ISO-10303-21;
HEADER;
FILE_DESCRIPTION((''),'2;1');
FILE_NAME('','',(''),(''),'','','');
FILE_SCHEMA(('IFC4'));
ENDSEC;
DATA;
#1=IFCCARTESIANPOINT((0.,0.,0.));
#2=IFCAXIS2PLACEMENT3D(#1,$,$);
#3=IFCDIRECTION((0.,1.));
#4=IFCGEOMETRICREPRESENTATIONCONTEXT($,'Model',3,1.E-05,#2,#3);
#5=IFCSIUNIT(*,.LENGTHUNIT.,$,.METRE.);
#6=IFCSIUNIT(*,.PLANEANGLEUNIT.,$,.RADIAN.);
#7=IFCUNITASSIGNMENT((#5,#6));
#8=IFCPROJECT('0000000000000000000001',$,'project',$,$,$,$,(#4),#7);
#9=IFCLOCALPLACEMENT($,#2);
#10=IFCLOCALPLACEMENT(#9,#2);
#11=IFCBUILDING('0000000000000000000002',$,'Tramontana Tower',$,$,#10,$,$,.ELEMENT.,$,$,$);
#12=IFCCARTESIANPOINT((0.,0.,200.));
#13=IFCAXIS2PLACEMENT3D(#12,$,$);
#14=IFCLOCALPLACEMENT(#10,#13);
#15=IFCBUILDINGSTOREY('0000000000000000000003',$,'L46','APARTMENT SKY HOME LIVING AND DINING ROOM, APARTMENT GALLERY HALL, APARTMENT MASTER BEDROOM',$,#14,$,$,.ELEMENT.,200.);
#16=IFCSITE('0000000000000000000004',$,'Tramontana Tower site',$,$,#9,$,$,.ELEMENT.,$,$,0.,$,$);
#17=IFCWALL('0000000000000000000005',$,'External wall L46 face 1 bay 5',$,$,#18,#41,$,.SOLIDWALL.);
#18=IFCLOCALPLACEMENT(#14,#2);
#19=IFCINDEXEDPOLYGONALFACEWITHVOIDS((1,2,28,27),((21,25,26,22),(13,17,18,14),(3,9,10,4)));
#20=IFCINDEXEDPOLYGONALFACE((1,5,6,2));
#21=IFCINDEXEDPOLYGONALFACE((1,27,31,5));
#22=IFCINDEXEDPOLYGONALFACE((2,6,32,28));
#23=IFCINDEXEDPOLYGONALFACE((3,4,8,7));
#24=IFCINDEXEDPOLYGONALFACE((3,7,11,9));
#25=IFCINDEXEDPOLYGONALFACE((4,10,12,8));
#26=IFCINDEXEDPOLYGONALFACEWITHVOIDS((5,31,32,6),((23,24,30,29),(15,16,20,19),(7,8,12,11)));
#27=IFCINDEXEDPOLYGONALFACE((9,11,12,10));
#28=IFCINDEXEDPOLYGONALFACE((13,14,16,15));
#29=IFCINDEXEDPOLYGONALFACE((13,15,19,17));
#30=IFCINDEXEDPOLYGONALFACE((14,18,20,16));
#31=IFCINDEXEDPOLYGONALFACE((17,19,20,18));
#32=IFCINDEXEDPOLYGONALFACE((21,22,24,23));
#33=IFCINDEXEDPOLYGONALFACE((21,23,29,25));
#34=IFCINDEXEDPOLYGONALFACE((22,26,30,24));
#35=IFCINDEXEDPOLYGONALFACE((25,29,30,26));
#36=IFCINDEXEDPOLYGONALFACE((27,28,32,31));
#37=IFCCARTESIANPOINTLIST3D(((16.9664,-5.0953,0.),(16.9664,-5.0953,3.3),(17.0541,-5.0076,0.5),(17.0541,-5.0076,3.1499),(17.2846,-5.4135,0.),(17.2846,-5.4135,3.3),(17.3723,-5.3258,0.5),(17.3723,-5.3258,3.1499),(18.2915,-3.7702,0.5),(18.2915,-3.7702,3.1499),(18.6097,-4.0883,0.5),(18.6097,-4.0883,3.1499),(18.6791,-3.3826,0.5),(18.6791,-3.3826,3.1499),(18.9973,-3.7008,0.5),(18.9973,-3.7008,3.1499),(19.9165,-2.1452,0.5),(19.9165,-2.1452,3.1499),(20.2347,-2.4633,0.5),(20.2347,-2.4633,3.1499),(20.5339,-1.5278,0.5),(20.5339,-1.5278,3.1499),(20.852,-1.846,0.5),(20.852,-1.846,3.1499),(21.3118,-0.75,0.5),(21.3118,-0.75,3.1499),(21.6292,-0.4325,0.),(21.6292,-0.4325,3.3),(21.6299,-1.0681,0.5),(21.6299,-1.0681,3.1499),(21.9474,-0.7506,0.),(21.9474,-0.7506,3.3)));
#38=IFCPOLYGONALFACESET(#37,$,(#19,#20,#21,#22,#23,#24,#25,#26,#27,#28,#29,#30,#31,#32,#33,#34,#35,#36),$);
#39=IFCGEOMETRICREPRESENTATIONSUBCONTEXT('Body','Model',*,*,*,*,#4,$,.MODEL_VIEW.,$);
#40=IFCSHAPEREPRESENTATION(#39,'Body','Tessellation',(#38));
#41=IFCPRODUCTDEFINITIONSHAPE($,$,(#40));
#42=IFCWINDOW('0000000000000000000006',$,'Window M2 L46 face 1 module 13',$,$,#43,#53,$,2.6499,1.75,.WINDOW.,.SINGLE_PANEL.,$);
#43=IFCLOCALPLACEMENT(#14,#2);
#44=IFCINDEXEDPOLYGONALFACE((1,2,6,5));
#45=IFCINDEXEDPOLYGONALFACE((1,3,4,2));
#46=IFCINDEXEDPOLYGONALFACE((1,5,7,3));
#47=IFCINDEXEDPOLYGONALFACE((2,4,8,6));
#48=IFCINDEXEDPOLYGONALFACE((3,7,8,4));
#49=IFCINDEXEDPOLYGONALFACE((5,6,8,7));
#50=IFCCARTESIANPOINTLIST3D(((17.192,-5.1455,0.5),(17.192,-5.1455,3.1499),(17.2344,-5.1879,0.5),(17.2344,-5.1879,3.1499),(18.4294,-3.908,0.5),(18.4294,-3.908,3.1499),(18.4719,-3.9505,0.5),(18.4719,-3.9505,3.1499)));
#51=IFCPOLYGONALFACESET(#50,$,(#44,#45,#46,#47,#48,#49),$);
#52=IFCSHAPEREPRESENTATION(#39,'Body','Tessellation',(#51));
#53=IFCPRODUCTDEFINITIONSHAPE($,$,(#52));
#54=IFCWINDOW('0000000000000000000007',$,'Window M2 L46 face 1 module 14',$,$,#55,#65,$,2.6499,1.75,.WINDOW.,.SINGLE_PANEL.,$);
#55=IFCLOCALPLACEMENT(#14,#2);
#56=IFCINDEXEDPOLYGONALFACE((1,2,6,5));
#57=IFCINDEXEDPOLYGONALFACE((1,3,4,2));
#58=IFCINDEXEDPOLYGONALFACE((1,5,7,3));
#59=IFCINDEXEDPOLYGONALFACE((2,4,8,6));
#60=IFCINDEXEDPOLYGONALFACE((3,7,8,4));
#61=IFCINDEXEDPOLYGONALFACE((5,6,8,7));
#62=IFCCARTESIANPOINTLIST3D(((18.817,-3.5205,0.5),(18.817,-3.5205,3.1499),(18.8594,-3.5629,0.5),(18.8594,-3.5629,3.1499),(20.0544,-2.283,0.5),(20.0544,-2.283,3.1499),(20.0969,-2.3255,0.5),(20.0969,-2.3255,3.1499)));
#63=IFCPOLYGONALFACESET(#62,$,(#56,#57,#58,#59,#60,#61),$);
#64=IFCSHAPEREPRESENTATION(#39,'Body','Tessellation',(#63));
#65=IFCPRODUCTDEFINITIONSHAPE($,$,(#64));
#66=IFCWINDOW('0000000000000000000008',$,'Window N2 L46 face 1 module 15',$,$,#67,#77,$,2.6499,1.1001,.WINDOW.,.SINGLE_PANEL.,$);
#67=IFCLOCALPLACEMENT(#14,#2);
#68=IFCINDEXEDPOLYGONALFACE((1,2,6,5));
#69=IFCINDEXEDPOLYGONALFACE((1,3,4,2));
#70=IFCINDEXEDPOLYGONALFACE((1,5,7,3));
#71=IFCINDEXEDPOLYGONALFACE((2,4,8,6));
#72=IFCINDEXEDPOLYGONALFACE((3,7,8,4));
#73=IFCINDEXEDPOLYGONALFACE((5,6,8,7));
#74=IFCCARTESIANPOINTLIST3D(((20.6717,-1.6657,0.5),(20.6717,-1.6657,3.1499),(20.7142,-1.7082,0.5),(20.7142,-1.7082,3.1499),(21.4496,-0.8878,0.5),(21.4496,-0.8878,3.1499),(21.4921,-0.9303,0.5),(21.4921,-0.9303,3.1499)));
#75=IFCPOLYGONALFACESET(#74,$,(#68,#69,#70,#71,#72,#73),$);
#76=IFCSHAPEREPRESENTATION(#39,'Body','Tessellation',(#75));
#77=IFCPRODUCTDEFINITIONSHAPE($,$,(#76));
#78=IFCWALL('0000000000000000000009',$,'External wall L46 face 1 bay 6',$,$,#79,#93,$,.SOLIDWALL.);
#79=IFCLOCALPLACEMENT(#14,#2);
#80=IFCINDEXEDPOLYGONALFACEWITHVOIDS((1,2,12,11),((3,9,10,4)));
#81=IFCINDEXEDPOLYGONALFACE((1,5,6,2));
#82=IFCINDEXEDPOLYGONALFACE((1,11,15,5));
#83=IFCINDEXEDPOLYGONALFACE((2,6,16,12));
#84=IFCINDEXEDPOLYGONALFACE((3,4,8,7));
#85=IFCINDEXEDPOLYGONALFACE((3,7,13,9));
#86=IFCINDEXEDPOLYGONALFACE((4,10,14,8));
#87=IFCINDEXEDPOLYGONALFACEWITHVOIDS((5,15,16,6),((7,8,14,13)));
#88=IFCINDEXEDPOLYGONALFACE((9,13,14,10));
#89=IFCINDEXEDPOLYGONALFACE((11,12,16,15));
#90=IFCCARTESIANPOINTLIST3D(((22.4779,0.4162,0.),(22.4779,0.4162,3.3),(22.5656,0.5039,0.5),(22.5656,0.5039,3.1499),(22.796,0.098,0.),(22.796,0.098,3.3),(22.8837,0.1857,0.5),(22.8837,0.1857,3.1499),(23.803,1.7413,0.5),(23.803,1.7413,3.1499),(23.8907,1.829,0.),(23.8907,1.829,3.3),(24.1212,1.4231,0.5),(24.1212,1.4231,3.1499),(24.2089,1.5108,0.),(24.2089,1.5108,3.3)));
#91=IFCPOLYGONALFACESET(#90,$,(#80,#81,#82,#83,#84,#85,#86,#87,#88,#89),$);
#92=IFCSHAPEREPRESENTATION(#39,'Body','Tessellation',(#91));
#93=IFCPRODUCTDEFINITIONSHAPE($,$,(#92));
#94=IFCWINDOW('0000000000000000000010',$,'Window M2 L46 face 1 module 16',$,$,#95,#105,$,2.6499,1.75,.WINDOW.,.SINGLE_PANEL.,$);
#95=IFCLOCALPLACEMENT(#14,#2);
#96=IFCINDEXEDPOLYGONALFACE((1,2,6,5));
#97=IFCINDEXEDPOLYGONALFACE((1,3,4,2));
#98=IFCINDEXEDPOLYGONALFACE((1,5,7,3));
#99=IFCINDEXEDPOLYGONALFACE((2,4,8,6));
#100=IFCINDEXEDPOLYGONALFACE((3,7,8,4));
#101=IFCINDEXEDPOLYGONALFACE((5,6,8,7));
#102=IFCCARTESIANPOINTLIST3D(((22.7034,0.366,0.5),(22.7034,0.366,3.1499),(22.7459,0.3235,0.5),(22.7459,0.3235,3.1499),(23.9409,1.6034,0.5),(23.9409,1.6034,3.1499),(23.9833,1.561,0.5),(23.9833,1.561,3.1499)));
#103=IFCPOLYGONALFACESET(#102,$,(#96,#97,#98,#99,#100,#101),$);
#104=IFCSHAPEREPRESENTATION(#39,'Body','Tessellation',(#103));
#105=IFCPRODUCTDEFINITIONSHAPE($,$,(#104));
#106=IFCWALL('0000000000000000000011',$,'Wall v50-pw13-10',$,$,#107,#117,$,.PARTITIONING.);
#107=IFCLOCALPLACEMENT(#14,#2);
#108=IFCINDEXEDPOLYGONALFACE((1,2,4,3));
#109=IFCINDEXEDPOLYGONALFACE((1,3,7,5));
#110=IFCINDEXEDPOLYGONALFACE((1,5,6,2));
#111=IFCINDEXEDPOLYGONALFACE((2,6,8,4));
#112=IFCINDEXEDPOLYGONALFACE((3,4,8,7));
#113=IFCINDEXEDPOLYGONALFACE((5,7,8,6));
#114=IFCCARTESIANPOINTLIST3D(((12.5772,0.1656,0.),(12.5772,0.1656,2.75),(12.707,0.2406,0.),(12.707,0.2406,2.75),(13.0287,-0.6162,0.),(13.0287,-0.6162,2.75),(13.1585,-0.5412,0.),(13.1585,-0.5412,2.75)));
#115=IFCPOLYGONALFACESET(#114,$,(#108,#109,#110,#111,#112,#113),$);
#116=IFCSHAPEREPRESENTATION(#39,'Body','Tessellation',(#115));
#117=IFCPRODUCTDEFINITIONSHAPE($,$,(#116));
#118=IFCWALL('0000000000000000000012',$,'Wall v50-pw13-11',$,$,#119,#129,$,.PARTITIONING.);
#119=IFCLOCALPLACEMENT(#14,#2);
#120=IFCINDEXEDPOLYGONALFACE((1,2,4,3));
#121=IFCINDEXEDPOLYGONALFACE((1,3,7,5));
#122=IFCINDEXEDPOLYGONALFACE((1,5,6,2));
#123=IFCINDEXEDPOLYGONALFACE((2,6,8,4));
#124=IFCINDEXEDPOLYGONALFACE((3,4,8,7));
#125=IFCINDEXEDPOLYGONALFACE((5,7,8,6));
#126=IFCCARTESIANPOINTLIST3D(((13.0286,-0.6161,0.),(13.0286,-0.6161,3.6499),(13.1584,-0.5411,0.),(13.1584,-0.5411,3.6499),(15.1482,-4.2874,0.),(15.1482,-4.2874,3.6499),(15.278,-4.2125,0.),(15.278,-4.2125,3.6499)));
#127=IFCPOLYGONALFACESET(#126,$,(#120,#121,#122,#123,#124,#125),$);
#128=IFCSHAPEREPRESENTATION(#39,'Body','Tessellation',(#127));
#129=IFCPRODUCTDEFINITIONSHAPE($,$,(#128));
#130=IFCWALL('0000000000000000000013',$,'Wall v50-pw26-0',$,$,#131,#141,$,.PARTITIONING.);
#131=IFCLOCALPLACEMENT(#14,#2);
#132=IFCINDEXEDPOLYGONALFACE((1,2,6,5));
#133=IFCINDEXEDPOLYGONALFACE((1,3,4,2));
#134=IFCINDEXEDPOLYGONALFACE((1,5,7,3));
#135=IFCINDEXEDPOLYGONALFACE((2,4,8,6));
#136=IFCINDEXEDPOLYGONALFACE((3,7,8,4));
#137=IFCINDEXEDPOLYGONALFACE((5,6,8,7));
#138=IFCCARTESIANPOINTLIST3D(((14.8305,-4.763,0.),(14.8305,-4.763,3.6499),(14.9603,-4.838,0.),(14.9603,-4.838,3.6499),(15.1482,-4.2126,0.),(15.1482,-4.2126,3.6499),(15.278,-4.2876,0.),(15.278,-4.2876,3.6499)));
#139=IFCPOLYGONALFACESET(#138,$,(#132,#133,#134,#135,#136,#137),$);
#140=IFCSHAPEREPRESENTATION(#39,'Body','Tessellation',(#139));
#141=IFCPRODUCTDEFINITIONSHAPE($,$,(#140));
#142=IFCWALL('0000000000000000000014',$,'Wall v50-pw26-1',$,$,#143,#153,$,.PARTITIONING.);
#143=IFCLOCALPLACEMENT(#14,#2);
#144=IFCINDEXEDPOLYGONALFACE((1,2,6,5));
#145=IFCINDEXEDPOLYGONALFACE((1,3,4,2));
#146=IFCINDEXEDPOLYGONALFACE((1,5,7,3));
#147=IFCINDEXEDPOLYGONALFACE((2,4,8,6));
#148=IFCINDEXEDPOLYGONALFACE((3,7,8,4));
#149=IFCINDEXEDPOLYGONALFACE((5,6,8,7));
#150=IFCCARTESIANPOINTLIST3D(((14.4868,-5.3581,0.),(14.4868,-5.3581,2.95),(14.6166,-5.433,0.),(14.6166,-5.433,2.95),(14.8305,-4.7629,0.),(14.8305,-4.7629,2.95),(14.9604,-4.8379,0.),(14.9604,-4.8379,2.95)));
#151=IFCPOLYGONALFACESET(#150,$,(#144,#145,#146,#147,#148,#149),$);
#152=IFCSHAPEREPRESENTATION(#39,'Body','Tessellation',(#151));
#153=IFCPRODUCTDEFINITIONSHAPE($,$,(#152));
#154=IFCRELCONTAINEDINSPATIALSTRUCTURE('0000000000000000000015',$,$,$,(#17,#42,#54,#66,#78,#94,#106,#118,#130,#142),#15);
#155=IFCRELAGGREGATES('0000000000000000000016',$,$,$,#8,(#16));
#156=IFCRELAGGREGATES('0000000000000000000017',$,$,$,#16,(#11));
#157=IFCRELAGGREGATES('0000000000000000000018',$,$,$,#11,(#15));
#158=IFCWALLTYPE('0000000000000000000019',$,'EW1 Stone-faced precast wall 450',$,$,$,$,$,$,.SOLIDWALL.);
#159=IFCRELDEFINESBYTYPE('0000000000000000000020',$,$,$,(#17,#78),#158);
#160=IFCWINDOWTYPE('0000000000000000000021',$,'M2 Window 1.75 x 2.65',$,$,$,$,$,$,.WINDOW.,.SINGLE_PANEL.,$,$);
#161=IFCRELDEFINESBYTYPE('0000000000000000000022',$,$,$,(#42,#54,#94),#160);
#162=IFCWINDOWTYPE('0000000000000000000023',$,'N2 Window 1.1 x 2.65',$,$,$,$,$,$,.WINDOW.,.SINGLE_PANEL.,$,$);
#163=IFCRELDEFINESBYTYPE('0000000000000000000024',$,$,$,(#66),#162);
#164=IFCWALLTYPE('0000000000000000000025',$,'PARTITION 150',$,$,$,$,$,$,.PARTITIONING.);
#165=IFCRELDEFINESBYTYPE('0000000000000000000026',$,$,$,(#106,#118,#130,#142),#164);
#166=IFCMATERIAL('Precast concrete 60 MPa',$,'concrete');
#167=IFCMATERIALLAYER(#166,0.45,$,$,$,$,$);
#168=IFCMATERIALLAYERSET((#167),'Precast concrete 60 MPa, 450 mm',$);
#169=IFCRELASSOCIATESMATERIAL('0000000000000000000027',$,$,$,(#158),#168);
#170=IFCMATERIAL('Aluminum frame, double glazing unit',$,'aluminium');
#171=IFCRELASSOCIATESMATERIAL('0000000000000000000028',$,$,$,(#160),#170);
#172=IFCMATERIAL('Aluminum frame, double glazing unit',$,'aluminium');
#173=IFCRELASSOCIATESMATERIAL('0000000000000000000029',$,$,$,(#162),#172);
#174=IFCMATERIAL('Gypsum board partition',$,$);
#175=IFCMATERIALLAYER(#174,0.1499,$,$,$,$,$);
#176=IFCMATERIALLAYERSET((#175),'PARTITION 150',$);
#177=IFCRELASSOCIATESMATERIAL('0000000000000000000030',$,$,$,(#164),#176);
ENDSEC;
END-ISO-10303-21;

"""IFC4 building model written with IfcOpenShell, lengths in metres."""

from ifc_helpers import new_model, si_unit, direction, frame, frame_2d, origin, place, context, subcontext, project, spatial, rectangle, extrude, material, layer, layer_set, type_object, element, fill, save


model = new_model("IFC4")

# Units and contexts
model_context = context("Model", 3, precision=1e-05, world=origin(), true_north=direction((0.0, 1.0)))
body_context = subcontext(model_context, "Body", "Model", "MODEL_VIEW")
ifc_project = project(units=[si_unit("LENGTHUNIT", "METRE"), si_unit("PLANEANGLEUNIT", "RADIAN")], contexts=[model_context])

# Site, building, storey
site_placement = place(None, origin())
site = spatial("IfcSite", under=ifc_project, at=site_placement, Name="Tramontana Tower site", CompositionType="ELEMENT", RefElevation=0.0)
building_placement = place(site_placement, origin())
building = spatial("IfcBuilding", under=site, at=building_placement, Name="Tramontana Tower", CompositionType="ELEMENT")
storey_placement = place(building_placement, frame((0.0, 0.0, 200.0)))
storey = spatial("IfcBuildingStorey", under=building, at=storey_placement, Name="L46", Description="APARTMENT SKY HOME LIVING AND DINING ROOM, APARTMENT GALLERY HALL, APARTMENT MASTER BEDROOM", CompositionType="ELEMENT", Elevation=200.0)

# Wall, openings, windows
ifc_material_1 = material(Name="Precast concrete 60 MPa", Category="concrete")
ifc_layer_1 = layer(ifc_material_1, 0.45)
ifc_layer_set_1 = layer_set([ifc_layer_1], Name="Precast concrete 60 MPa, 450 mm")
wall_type_1 = type_object("IfcWallType", Name="EW1 Stone-faced precast wall 450", PredefinedType="SOLIDWALL", material=ifc_layer_set_1)
wall_1_placement = place(storey_placement, frame((17.1255, -5.2544, 0.0), z_axis=(0.0, 0.0, 1.0), x_axis=(0.707107, 0.707107, 0.0)))
wall_1 = element("IfcWall", 1, at=wall_1_placement, inside=storey, type_object=wall_type_1, Name="External wall L46 face 1 bay 5", PredefinedType="SOLIDWALL", context=body_context, shape_type="SweptSolid", body=[
    extrude(rectangle(XDim=6.5942, YDim=0.45, at=frame_2d((3.2971, 0.0))), origin(), (0.0, 0.0, 1.0), 3.3),
])
opening_1_placement = place(wall_1_placement, frame((0.124, 0.0, 0.5)))
opening_1 = element("IfcOpeningElement", 2, at=opening_1_placement, cuts=wall_1, PredefinedType="OPENING", context=body_context, shape_type="SweptSolid", body=[
    extrude(rectangle(XDim=1.75, YDim=2.6499, at=frame_2d((0.875, 1.325))), frame((0.0, 0.2349, 0.0), z_axis=(0.0, -1.0, 0.0), x_axis=(1.0, 0.0, 0.0)), (0.0, 0.0, 1.0), 0.47),
])
opening_2_placement = place(wall_1_placement, frame((2.4221, 0.0, 0.5)))
opening_2 = element("IfcOpeningElement", 3, at=opening_2_placement, cuts=wall_1, PredefinedType="OPENING", context=body_context, shape_type="SweptSolid", body=[
    extrude(rectangle(XDim=1.75, YDim=2.6499, at=frame_2d((0.875, 1.325))), frame((0.0, 0.2349, 0.0), z_axis=(0.0, -1.0, 0.0), x_axis=(1.0, 0.0, 0.0)), (0.0, 0.0, 1.0), 0.47),
])
opening_3_placement = place(wall_1_placement, frame((5.0452, 0.0, 0.5)))
opening_3 = element("IfcOpeningElement", 4, at=opening_3_placement, cuts=wall_1, PredefinedType="OPENING", context=body_context, shape_type="SweptSolid", body=[
    extrude(rectangle(XDim=1.1001, YDim=2.6499, at=frame_2d((0.55, 1.325))), frame((0.0, 0.2349, 0.0), z_axis=(0.0, -1.0, 0.0), x_axis=(1.0, 0.0, 0.0)), (0.0, 0.0, 1.0), 0.47),
])
ifc_material_2 = material(Name="Aluminum frame, double glazing unit", Category="aluminium")
window_type_1 = type_object("IfcWindowType", Name="M2 Window 1.75 x 2.65", PartitioningType="SINGLE_PANEL", PredefinedType="WINDOW", material=ifc_material_2)
window_1_placement = place(opening_1_placement, origin())
window_1 = element("IfcWindow", 5, at=window_1_placement, inside=storey, type_object=window_type_1, Name="Window M2 L46 face 1 module 13", OverallHeight=2.6499, OverallWidth=1.75, PartitioningType="SINGLE_PANEL", PredefinedType="WINDOW", context=body_context, shape_type="SweptSolid", body=[
    extrude(rectangle(XDim=1.75, YDim=2.6499, at=frame_2d((0.875, 1.325))), frame((0.0, 0.03, 0.0), z_axis=(0.0, -1.0, 0.0), x_axis=(1.0, 0.0, 0.0)), (0.0, 0.0, 1.0), 0.0601),
])
fill(opening_1, window_1)
window_2_placement = place(opening_2_placement, origin())
window_2 = element("IfcWindow", 6, at=window_2_placement, inside=storey, type_object=window_type_1, Name="Window M2 L46 face 1 module 14", OverallHeight=2.6499, OverallWidth=1.75, PartitioningType="SINGLE_PANEL", PredefinedType="WINDOW", context=body_context, shape_type="SweptSolid", body=[
    extrude(rectangle(XDim=1.75, YDim=2.6499, at=frame_2d((0.875, 1.325))), frame((0.0, 0.03, 0.0), z_axis=(0.0, -1.0, 0.0), x_axis=(1.0, 0.0, 0.0)), (0.0, 0.0, 1.0), 0.0601),
])
fill(opening_2, window_2)
ifc_material_3 = material(Name="Aluminum frame, double glazing unit", Category="aluminium")
window_type_2 = type_object("IfcWindowType", Name="N2 Window 1.1 x 2.65", PartitioningType="SINGLE_PANEL", PredefinedType="WINDOW", material=ifc_material_3)
window_3_placement = place(opening_3_placement, origin())
window_3 = element("IfcWindow", 7, at=window_3_placement, inside=storey, type_object=window_type_2, Name="Window N2 L46 face 1 module 15", OverallHeight=2.6499, OverallWidth=1.1001, PartitioningType="SINGLE_PANEL", PredefinedType="WINDOW", context=body_context, shape_type="SweptSolid", body=[
    extrude(rectangle(XDim=1.1001, YDim=2.6499, at=frame_2d((0.55, 1.325))), frame((0.0, 0.03, 0.0), z_axis=(0.0, -1.0, 0.0), x_axis=(1.0, 0.0, 0.0)), (0.0, 0.0, 1.0), 0.0601),
])
fill(opening_3, window_3)

# Wall, opening, window
wall_2_placement = place(storey_placement, frame((22.637, 0.2571, 0.0), z_axis=(0.0, 0.0, 1.0), x_axis=(0.707107, 0.707107, 0.0)))
wall_2 = element("IfcWall", 8, at=wall_2_placement, inside=storey, type_object=wall_type_1, Name="External wall L46 face 1 bay 6", PredefinedType="SOLIDWALL", context=body_context, shape_type="SweptSolid", body=[
    extrude(rectangle(XDim=1.998, YDim=0.45, at=frame_2d((0.999, 0.0))), origin(), (0.0, 0.0, 1.0), 3.3),
])
opening_4_placement = place(wall_2_placement, frame((0.124, 0.0, 0.5)))
opening_4 = element("IfcOpeningElement", 9, at=opening_4_placement, cuts=wall_2, PredefinedType="OPENING", context=body_context, shape_type="SweptSolid", body=[
    extrude(rectangle(XDim=1.75, YDim=2.6499, at=frame_2d((0.875, 1.325))), frame((0.0, 0.2349, 0.0), z_axis=(0.0, -1.0, 0.0), x_axis=(1.0, 0.0, 0.0)), (0.0, 0.0, 1.0), 0.47),
])
window_4_placement = place(opening_4_placement, origin())
window_4 = element("IfcWindow", 10, at=window_4_placement, inside=storey, type_object=window_type_1, Name="Window M2 L46 face 1 module 16", OverallHeight=2.6499, OverallWidth=1.75, PartitioningType="SINGLE_PANEL", PredefinedType="WINDOW", context=body_context, shape_type="SweptSolid", body=[
    extrude(rectangle(XDim=1.75, YDim=2.6499, at=frame_2d((0.875, 1.325))), frame((0.0, 0.03, 0.0), z_axis=(0.0, -1.0, 0.0), x_axis=(1.0, 0.0, 0.0)), (0.0, 0.0, 1.0), 0.0601),
])
fill(opening_4, window_4)

# Walls
ifc_material_4 = material(Name="Gypsum board partition")
ifc_layer_2 = layer(ifc_material_4, 0.1499)
ifc_layer_set_2 = layer_set([ifc_layer_2], Name="PARTITION 150")
wall_type_2 = type_object("IfcWallType", Name="PARTITION 150", PredefinedType="PARTITIONING", material=ifc_layer_set_2)
wall_3_placement = place(storey_placement, frame((12.6421, 0.2031, 0.0), z_axis=(0.0, 0.0, 1.0), x_axis=(0.500066, -0.865987, 0.0)))
element("IfcWall", 11, at=wall_3_placement, inside=storey, type_object=wall_type_2, Name="Wall v50-pw13-10", PredefinedType="PARTITIONING", context=body_context, shape_type="SweptSolid", body=[
    extrude(rectangle(XDim=0.9028, YDim=0.1499, at=frame_2d((0.4514, 0.0))), origin(), (0.0, 0.0, 1.0), 2.75),
])
wall_4_placement = place(storey_placement, frame((13.0935, -0.5786, 0.0), z_axis=(0.0, 0.0, 1.0), x_axis=(0.499992, -0.86603, 0.0)))
element("IfcWall", 12, at=wall_4_placement, inside=storey, type_object=wall_type_2, Name="Wall v50-pw13-11", PredefinedType="PARTITIONING", context=body_context, shape_type="SweptSolid", body=[
    extrude(rectangle(XDim=4.2393, YDim=0.1499, at=frame_2d((2.1196, 0.0))), origin(), (0.0, 0.0, 1.0), 3.6499),
])
wall_5_placement = place(storey_placement, frame((15.2131, -4.25, 0.0), z_axis=(0.0, 0.0, 1.0), x_axis=(-0.4999, -0.866083, 0.0)))
element("IfcWall", 13, at=wall_5_placement, inside=storey, type_object=wall_type_2, Name="Wall v50-pw26-0", PredefinedType="PARTITIONING", context=body_context, shape_type="SweptSolid", body=[
    extrude(rectangle(XDim=0.6355, YDim=0.1499, at=frame_2d((0.3179, 0.0))), origin(), (0.0, 0.0, 1.0), 3.6499),
])
wall_6_placement = place(storey_placement, frame((14.8955, -4.8003, 0.0), z_axis=(0.0, 0.0, 1.0), x_axis=(-0.500112, -0.865961, 0.0)))
element("IfcWall", 14, at=wall_6_placement, inside=storey, type_object=wall_type_2, Name="Wall v50-pw26-1", PredefinedType="PARTITIONING", context=body_context, shape_type="SweptSolid", body=[
    extrude(rectangle(XDim=0.6873, YDim=0.1499, at=frame_2d((0.3438, 0.0))), origin(), (0.0, 0.0, 1.0), 2.95),
])

save(model, "model.ifc")
